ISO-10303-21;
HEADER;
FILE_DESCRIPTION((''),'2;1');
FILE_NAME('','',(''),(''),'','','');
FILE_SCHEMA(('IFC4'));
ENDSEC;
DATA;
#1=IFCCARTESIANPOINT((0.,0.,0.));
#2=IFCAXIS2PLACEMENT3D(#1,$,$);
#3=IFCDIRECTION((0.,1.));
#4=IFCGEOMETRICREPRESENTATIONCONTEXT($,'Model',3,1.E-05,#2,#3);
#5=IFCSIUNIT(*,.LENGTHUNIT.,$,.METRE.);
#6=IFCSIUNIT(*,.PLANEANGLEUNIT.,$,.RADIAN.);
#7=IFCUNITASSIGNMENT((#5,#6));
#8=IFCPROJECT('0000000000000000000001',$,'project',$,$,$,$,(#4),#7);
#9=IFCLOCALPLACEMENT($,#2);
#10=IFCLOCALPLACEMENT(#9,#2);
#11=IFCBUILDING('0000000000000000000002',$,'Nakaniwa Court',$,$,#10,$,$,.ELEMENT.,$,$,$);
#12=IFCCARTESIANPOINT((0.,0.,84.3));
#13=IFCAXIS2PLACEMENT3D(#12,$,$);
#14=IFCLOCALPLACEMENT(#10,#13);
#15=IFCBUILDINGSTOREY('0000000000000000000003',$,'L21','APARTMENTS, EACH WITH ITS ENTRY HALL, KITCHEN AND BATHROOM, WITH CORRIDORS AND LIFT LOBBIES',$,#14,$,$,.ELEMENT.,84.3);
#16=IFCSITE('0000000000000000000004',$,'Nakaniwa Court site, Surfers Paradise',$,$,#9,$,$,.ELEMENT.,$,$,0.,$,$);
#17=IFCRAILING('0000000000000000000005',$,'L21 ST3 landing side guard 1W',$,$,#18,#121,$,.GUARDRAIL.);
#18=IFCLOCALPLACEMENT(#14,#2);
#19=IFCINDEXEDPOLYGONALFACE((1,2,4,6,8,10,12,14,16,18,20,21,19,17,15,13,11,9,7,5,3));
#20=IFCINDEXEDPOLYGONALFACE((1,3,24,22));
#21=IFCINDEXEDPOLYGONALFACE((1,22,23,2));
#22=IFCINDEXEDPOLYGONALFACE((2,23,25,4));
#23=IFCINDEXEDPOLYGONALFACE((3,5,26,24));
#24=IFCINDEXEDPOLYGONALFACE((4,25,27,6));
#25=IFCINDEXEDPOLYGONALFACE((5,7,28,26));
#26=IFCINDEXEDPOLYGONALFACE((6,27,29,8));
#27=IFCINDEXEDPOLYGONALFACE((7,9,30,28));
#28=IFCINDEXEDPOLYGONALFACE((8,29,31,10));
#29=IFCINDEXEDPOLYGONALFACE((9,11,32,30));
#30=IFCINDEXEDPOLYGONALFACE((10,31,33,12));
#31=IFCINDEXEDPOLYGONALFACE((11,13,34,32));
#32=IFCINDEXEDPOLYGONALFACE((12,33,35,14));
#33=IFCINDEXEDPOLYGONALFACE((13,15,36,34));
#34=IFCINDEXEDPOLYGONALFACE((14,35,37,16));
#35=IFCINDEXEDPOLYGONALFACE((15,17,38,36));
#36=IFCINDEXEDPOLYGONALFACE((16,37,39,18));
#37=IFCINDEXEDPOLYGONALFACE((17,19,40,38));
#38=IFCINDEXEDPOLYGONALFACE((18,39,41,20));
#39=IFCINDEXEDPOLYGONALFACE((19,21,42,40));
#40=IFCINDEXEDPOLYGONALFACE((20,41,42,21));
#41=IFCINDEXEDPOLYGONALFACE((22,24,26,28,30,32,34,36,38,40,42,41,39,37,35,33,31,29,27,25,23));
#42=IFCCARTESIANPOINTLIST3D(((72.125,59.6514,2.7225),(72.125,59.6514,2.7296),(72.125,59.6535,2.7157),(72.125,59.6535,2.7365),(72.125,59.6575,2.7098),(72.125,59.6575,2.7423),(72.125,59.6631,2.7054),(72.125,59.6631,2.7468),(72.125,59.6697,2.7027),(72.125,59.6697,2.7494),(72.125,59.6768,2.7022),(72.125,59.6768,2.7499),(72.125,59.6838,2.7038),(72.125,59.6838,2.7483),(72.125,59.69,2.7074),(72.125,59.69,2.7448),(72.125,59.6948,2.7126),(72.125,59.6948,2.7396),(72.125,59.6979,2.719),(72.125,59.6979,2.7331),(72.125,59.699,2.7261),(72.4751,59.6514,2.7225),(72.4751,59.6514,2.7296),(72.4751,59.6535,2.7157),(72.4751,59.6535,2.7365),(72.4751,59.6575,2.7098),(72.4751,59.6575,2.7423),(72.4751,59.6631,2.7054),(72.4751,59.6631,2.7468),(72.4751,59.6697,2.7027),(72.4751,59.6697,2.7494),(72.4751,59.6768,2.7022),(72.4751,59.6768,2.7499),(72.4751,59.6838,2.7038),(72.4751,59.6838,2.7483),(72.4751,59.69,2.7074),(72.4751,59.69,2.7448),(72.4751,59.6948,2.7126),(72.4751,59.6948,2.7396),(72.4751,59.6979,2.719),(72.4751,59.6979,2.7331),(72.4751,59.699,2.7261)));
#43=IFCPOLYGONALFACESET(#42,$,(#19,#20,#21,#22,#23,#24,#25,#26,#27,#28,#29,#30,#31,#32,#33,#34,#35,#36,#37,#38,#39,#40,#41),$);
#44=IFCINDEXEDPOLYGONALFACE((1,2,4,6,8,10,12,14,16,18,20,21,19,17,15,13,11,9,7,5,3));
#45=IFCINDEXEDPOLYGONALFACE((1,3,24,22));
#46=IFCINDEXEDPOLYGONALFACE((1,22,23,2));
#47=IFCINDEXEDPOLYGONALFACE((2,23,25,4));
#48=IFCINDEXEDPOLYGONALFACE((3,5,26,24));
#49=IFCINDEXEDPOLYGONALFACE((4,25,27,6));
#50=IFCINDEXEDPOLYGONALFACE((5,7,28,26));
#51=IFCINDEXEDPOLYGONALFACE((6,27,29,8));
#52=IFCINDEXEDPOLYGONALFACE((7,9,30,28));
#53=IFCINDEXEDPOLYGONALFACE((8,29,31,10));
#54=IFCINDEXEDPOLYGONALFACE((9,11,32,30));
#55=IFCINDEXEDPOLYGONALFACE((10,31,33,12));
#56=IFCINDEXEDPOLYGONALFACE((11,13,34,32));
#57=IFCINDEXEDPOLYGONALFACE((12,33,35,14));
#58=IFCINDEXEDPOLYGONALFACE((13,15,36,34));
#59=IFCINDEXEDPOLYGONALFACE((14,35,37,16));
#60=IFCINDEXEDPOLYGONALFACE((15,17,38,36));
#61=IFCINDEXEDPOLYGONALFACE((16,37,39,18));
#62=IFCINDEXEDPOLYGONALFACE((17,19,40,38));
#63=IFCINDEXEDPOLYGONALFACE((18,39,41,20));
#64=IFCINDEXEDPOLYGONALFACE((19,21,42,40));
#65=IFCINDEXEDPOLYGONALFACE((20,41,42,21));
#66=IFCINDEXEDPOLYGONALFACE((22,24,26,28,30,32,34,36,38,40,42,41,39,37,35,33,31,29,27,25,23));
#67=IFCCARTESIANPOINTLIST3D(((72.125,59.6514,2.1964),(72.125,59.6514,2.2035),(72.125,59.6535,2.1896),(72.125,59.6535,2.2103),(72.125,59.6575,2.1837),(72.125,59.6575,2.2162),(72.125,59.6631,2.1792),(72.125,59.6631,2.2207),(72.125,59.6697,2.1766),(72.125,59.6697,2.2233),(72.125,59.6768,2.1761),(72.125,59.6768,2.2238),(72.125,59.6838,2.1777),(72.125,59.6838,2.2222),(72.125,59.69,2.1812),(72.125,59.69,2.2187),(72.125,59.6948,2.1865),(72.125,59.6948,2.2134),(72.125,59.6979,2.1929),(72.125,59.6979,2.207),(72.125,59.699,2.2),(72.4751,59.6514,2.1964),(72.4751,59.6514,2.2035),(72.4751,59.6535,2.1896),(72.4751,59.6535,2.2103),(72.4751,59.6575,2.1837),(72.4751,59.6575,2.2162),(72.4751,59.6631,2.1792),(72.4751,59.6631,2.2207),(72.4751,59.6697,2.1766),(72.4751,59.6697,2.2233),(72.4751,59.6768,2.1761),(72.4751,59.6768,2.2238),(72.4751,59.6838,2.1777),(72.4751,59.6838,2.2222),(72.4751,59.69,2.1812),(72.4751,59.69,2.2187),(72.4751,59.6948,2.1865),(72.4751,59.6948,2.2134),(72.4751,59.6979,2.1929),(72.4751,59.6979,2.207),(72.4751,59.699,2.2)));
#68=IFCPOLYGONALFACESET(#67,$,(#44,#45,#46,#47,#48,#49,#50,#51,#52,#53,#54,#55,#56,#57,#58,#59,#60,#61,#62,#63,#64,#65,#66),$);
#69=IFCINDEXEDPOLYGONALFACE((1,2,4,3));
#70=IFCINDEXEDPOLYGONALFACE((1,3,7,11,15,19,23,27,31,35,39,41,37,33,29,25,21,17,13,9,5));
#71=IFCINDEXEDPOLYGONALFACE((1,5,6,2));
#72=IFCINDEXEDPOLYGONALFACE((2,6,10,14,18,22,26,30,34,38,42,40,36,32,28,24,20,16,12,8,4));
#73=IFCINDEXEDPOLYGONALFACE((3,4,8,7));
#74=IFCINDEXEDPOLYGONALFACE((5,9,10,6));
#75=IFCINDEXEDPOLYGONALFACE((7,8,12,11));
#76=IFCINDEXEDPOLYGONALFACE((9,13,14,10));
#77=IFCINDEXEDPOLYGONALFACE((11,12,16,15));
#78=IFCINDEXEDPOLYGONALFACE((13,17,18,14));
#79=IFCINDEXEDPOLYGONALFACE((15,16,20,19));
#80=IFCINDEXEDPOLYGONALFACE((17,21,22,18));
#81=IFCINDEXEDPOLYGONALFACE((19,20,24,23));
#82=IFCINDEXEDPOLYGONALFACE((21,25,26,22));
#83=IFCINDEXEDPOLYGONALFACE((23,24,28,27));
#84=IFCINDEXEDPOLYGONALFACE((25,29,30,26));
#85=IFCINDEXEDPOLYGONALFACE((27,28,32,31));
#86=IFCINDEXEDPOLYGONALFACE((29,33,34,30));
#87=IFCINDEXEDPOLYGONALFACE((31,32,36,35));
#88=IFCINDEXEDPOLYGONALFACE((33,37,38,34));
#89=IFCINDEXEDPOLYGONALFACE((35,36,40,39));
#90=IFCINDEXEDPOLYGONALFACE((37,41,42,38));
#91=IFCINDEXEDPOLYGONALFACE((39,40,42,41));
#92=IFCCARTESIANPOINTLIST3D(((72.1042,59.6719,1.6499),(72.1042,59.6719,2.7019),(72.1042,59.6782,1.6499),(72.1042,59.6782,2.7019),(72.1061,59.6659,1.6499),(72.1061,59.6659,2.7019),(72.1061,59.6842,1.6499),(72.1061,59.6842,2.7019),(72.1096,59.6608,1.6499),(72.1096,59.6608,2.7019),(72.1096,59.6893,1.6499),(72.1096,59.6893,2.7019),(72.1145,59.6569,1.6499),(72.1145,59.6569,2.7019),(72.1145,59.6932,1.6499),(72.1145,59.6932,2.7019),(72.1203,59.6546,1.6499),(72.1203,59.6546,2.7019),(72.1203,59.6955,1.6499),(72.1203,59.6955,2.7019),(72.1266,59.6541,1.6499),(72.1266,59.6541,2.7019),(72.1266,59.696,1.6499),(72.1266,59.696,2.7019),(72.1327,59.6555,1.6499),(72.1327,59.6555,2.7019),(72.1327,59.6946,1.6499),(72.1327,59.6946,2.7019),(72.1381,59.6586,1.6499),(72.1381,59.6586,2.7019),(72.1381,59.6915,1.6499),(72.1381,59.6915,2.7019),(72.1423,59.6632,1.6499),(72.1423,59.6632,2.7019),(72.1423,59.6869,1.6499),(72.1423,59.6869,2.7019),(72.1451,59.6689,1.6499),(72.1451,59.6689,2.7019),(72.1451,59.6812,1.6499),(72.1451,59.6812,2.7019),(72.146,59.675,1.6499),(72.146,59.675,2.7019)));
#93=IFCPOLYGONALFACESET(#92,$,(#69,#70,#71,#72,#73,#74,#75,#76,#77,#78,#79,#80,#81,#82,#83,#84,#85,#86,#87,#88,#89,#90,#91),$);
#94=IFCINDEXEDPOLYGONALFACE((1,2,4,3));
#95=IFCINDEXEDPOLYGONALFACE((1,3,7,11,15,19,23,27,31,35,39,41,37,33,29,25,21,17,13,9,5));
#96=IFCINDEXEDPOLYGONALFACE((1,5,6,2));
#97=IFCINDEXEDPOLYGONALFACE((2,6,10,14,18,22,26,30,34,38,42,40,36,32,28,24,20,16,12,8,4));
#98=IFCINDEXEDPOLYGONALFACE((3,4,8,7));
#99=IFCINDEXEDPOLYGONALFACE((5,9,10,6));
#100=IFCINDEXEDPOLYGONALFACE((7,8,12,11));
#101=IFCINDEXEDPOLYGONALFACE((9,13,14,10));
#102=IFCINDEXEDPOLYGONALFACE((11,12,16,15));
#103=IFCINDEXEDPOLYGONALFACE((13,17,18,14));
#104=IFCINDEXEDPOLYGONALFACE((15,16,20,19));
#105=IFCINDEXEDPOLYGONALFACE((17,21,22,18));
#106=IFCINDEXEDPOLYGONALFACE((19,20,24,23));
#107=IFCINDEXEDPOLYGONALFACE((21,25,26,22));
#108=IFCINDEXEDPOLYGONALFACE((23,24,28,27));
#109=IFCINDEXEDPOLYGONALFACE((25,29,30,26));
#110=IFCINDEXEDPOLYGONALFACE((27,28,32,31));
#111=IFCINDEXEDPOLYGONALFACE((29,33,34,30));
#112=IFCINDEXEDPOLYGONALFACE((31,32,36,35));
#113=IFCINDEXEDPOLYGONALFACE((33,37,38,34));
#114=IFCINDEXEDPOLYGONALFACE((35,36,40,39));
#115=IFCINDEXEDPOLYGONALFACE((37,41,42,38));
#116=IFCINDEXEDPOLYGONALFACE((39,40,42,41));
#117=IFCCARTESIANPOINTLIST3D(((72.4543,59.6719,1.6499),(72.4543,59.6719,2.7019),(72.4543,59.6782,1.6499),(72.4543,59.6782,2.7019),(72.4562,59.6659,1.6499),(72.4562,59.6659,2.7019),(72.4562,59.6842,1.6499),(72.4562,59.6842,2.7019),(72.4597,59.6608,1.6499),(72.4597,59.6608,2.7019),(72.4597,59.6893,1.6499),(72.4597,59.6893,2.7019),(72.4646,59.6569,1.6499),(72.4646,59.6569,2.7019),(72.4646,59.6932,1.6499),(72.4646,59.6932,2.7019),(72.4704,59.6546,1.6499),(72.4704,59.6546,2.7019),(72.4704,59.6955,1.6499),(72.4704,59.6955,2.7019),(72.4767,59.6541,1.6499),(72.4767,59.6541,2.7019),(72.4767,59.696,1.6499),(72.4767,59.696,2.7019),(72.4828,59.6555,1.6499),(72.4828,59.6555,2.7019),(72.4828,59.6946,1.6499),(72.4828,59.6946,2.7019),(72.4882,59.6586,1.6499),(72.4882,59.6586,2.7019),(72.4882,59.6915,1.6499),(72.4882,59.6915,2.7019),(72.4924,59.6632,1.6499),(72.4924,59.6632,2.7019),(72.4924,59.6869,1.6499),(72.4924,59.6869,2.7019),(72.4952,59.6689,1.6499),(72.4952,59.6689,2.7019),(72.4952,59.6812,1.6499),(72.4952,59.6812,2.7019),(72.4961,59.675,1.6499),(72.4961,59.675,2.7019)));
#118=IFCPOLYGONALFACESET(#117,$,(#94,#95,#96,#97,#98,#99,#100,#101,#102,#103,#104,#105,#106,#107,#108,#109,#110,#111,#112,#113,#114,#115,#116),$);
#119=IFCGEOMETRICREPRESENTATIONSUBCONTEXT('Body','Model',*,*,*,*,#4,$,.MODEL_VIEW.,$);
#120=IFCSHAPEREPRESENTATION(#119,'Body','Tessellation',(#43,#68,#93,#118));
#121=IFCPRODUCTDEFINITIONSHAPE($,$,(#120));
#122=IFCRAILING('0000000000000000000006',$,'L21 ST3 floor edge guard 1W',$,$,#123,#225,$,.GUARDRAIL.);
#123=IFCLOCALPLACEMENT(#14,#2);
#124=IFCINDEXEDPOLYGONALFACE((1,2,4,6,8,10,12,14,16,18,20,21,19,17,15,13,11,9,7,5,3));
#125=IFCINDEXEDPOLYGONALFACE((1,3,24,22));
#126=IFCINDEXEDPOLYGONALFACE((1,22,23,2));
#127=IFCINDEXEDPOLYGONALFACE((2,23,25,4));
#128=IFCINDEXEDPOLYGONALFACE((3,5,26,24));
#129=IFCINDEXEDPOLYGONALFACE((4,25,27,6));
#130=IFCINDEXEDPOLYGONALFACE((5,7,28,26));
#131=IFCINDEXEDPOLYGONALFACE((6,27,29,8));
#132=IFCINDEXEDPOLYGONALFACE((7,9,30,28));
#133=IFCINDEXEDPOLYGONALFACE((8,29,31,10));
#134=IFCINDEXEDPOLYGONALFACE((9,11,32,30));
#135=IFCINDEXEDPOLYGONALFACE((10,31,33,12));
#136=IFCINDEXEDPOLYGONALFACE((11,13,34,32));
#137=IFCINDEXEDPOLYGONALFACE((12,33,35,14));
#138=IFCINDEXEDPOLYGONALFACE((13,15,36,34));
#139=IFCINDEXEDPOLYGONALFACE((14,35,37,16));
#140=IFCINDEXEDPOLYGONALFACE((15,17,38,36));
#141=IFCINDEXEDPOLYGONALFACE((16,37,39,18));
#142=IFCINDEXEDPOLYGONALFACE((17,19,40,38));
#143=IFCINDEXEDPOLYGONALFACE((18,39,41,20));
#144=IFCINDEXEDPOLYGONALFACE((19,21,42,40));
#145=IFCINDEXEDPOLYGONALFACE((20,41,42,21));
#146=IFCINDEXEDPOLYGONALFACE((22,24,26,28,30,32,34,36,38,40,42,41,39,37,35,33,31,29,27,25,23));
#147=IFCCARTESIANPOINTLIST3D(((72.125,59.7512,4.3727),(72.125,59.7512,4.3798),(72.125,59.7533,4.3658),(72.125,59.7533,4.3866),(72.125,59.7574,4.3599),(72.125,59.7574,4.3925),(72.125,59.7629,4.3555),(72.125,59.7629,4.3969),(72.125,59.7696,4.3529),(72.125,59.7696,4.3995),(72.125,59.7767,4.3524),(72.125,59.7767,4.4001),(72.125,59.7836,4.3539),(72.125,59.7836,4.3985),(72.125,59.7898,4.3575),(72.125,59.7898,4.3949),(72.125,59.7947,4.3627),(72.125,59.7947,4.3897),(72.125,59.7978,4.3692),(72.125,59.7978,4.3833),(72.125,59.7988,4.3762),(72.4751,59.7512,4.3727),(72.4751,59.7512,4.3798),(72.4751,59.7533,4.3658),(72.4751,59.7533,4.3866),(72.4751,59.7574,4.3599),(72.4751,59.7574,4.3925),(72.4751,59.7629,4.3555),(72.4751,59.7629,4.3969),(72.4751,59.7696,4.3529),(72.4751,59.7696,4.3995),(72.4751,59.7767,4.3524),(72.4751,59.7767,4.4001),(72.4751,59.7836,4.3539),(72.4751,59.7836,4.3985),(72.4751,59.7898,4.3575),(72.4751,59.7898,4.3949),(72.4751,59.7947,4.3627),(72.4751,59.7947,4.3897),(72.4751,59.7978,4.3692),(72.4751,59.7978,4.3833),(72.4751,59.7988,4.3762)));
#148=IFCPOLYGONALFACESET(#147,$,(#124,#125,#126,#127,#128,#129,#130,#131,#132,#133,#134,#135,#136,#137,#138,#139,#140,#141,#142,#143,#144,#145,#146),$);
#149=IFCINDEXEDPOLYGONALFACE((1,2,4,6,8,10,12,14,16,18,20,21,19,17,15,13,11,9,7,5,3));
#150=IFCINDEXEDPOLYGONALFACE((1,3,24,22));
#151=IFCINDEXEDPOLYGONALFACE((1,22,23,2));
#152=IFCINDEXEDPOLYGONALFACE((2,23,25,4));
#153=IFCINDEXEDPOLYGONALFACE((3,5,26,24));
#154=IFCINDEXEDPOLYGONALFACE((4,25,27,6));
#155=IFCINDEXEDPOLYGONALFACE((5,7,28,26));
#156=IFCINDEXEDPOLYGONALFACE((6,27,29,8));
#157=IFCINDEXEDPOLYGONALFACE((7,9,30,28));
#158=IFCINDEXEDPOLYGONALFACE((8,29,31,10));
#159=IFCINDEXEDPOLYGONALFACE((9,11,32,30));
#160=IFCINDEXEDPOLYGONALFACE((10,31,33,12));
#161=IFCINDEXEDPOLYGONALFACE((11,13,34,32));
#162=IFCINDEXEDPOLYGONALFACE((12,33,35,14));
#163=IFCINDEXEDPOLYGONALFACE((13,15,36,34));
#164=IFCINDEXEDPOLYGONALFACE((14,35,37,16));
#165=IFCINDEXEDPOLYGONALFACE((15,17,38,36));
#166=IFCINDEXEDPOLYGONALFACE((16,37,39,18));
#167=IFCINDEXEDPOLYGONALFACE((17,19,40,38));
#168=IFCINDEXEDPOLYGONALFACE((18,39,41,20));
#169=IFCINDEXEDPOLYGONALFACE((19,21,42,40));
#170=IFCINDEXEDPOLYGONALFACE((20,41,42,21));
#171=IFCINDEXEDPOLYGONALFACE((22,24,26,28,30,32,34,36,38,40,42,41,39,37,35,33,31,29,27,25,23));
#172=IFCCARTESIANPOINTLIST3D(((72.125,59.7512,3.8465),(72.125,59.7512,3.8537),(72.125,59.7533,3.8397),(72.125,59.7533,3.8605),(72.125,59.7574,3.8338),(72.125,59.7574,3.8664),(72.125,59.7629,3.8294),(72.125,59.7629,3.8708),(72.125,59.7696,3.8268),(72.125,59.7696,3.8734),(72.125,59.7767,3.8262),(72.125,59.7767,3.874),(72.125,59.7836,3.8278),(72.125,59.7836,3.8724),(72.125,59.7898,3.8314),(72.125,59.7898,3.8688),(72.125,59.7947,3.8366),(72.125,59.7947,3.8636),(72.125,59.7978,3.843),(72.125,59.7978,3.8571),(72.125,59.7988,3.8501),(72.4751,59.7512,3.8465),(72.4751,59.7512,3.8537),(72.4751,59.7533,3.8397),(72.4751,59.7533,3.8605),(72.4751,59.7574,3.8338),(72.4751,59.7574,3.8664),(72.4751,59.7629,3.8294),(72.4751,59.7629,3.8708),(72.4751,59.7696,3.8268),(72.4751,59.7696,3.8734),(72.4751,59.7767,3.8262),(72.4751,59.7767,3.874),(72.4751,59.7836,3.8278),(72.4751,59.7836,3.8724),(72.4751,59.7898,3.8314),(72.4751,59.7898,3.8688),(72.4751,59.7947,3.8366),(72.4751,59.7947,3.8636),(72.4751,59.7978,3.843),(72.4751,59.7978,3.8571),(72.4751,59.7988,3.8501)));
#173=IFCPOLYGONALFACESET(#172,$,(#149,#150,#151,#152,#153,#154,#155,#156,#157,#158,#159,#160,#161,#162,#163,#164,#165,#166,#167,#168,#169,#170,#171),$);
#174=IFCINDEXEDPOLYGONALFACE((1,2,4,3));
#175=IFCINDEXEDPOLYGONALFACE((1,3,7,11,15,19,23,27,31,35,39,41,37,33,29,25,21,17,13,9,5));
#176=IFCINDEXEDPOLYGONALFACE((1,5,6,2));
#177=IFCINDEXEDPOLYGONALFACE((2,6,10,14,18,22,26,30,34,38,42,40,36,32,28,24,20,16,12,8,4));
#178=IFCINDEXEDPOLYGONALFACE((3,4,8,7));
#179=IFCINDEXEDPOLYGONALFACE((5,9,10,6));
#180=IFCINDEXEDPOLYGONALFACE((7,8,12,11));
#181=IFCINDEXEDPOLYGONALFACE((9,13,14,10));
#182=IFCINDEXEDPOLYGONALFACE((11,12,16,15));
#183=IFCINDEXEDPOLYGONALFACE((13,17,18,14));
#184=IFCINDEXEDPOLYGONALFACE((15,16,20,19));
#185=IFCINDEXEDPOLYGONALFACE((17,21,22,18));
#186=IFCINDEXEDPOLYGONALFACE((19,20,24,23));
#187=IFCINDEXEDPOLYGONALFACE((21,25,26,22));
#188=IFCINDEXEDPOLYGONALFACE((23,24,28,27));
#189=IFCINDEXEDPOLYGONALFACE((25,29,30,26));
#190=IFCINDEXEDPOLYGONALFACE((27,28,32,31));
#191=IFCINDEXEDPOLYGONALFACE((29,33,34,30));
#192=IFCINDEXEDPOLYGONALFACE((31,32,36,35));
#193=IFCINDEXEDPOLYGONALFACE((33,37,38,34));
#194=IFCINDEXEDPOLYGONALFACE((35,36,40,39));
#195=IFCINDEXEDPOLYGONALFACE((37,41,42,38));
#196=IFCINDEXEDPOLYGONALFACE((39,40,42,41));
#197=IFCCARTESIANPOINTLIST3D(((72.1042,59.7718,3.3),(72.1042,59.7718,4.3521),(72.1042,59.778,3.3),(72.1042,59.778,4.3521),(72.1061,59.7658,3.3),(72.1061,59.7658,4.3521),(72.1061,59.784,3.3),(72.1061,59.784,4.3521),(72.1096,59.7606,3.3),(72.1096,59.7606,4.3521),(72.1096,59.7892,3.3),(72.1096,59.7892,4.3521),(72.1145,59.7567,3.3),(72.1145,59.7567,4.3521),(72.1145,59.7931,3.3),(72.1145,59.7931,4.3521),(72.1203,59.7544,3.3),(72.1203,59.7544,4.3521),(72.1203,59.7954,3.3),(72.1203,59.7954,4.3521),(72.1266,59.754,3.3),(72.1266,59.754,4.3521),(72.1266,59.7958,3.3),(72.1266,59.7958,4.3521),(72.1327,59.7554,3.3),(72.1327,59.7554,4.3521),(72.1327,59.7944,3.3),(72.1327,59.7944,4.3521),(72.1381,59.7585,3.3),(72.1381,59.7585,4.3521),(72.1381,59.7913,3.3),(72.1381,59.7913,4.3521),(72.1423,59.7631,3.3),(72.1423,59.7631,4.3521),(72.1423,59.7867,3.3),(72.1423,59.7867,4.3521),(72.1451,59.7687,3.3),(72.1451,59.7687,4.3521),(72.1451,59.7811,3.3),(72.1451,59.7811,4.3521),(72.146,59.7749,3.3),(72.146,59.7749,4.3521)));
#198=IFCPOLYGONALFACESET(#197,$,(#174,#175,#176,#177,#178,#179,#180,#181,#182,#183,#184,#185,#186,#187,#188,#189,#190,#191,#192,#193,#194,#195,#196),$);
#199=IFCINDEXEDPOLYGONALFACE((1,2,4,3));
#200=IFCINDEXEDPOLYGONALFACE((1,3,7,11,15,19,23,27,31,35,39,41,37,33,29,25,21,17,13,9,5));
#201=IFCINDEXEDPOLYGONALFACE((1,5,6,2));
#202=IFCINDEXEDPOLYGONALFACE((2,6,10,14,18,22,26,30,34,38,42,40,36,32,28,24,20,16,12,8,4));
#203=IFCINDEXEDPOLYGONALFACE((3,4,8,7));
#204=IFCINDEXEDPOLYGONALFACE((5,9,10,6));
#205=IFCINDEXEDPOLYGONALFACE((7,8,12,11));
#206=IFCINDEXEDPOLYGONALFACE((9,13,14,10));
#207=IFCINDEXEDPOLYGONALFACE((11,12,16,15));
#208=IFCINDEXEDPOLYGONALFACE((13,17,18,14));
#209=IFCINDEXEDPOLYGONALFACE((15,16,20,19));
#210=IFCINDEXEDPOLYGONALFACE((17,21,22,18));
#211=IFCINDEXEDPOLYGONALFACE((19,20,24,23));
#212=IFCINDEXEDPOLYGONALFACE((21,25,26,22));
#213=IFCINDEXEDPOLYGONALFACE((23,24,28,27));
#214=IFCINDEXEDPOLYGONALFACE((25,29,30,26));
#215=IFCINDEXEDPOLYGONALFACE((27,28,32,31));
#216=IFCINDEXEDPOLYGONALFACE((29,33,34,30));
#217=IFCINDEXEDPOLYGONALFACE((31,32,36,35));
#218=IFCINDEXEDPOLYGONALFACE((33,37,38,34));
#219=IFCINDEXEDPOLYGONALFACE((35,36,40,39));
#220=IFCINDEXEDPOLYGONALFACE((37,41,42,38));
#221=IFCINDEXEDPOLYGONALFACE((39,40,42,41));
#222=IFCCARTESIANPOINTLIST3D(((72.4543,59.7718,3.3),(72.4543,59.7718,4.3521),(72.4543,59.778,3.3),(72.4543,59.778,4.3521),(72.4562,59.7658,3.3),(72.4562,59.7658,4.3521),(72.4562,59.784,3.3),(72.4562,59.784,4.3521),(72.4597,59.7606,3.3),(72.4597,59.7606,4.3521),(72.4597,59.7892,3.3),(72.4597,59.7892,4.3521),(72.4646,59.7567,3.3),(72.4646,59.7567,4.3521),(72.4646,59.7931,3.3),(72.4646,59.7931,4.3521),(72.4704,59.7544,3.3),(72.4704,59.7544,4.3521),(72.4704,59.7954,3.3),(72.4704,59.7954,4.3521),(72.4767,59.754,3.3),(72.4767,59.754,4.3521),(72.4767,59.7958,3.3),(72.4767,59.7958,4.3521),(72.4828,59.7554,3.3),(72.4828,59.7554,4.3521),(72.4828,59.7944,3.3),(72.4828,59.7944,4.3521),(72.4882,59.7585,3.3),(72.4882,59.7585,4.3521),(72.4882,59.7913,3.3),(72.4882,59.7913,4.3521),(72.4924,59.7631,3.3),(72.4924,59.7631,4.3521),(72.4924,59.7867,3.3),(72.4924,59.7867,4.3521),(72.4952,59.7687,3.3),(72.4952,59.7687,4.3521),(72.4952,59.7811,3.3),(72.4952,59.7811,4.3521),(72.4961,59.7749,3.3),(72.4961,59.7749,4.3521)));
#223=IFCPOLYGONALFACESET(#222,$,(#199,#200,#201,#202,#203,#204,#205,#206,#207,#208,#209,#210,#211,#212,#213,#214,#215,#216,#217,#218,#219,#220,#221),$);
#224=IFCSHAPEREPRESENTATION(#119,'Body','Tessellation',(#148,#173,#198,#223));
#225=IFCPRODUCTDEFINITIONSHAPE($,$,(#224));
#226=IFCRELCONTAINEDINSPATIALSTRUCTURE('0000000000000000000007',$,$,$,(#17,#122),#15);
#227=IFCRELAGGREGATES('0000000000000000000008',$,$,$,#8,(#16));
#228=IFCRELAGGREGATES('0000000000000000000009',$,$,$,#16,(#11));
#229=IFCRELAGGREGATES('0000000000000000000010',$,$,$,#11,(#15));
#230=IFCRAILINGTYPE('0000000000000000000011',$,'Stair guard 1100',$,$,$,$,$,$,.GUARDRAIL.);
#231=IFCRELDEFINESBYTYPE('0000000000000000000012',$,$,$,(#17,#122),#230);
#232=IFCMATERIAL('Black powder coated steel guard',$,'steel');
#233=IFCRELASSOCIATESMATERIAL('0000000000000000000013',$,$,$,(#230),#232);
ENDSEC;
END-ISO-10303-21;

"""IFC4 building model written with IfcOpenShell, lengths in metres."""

from ifc_helpers import new_model, si_unit, direction, frame, origin, origin_2d, place, context, subcontext, project, spatial, circle, extrude, material, type_object, element, save


model = new_model("IFC4")

# Units and contexts
model_context = context("Model", 3, precision=1e-05, world=origin(), true_north=direction((0.0, 1.0)))
body_context = subcontext(model_context, "Body", "Model", "MODEL_VIEW")
ifc_project = project(units=[si_unit("LENGTHUNIT", "METRE"), si_unit("PLANEANGLEUNIT", "RADIAN")], contexts=[model_context])

# Site, building, storey
site_placement = place(None, origin())
site = spatial("IfcSite", under=ifc_project, at=site_placement, Name="Nakaniwa Court site, Surfers Paradise", CompositionType="ELEMENT", RefElevation=0.0)
building_placement = place(site_placement, origin())
building = spatial("IfcBuilding", under=site, at=building_placement, Name="Nakaniwa Court", CompositionType="ELEMENT")
storey_placement = place(building_placement, frame((0.0, 0.0, 84.3)))
storey = spatial("IfcBuildingStorey", under=building, at=storey_placement, Name="L21", Description="APARTMENTS, EACH WITH ITS ENTRY HALL, KITCHEN AND BATHROOM, WITH CORRIDORS AND LIFT LOBBIES", CompositionType="ELEMENT", Elevation=84.3)

# Railings
ifc_material_1 = material(Name="Black powder coated steel guard", Category="steel")
railing_type_1 = type_object("IfcRailingType", Name="Stair guard 1100", PredefinedType="GUARDRAIL", material=ifc_material_1)
for number, where, name in (
    (1, (72.125, 59.675, 1.6499), "L21 ST3 landing side guard 1W"),
    (2, (72.125, 59.7749, 3.3), "L21 ST3 floor edge guard 1W"),
):
    element("IfcRailing", number, at=place(storey_placement, frame(where)), inside=storey, type_object=railing_type_1, Name=name, PredefinedType="GUARDRAIL", context=body_context, shape_type="SweptSolid", body=[
        extrude(circle(Radius=0.0239, at=origin_2d()), frame((0.0, 0.0, 1.0762), z_axis=(1.0, 0.0, 0.0), x_axis=(0.0, 1.0, 0.0)), (0.0, 0.0, 1.0), 0.3501),
        extrude(circle(Radius=0.0239, at=origin_2d()), frame((0.0, 0.0, 0.55), z_axis=(1.0, 0.0, 0.0), x_axis=(0.0, 1.0, 0.0)), (0.0, 0.0, 1.0), 0.3501),
        extrude(circle(Radius=0.021, at=origin_2d()), origin(), (0.0, 0.0, 1.0), 1.052),
        extrude(circle(Radius=0.021, at=origin_2d()), frame((0.3501, 0.0, 0.0)), (0.0, 0.0, 1.0), 1.052),
    ])

save(model, "model.ifc")
